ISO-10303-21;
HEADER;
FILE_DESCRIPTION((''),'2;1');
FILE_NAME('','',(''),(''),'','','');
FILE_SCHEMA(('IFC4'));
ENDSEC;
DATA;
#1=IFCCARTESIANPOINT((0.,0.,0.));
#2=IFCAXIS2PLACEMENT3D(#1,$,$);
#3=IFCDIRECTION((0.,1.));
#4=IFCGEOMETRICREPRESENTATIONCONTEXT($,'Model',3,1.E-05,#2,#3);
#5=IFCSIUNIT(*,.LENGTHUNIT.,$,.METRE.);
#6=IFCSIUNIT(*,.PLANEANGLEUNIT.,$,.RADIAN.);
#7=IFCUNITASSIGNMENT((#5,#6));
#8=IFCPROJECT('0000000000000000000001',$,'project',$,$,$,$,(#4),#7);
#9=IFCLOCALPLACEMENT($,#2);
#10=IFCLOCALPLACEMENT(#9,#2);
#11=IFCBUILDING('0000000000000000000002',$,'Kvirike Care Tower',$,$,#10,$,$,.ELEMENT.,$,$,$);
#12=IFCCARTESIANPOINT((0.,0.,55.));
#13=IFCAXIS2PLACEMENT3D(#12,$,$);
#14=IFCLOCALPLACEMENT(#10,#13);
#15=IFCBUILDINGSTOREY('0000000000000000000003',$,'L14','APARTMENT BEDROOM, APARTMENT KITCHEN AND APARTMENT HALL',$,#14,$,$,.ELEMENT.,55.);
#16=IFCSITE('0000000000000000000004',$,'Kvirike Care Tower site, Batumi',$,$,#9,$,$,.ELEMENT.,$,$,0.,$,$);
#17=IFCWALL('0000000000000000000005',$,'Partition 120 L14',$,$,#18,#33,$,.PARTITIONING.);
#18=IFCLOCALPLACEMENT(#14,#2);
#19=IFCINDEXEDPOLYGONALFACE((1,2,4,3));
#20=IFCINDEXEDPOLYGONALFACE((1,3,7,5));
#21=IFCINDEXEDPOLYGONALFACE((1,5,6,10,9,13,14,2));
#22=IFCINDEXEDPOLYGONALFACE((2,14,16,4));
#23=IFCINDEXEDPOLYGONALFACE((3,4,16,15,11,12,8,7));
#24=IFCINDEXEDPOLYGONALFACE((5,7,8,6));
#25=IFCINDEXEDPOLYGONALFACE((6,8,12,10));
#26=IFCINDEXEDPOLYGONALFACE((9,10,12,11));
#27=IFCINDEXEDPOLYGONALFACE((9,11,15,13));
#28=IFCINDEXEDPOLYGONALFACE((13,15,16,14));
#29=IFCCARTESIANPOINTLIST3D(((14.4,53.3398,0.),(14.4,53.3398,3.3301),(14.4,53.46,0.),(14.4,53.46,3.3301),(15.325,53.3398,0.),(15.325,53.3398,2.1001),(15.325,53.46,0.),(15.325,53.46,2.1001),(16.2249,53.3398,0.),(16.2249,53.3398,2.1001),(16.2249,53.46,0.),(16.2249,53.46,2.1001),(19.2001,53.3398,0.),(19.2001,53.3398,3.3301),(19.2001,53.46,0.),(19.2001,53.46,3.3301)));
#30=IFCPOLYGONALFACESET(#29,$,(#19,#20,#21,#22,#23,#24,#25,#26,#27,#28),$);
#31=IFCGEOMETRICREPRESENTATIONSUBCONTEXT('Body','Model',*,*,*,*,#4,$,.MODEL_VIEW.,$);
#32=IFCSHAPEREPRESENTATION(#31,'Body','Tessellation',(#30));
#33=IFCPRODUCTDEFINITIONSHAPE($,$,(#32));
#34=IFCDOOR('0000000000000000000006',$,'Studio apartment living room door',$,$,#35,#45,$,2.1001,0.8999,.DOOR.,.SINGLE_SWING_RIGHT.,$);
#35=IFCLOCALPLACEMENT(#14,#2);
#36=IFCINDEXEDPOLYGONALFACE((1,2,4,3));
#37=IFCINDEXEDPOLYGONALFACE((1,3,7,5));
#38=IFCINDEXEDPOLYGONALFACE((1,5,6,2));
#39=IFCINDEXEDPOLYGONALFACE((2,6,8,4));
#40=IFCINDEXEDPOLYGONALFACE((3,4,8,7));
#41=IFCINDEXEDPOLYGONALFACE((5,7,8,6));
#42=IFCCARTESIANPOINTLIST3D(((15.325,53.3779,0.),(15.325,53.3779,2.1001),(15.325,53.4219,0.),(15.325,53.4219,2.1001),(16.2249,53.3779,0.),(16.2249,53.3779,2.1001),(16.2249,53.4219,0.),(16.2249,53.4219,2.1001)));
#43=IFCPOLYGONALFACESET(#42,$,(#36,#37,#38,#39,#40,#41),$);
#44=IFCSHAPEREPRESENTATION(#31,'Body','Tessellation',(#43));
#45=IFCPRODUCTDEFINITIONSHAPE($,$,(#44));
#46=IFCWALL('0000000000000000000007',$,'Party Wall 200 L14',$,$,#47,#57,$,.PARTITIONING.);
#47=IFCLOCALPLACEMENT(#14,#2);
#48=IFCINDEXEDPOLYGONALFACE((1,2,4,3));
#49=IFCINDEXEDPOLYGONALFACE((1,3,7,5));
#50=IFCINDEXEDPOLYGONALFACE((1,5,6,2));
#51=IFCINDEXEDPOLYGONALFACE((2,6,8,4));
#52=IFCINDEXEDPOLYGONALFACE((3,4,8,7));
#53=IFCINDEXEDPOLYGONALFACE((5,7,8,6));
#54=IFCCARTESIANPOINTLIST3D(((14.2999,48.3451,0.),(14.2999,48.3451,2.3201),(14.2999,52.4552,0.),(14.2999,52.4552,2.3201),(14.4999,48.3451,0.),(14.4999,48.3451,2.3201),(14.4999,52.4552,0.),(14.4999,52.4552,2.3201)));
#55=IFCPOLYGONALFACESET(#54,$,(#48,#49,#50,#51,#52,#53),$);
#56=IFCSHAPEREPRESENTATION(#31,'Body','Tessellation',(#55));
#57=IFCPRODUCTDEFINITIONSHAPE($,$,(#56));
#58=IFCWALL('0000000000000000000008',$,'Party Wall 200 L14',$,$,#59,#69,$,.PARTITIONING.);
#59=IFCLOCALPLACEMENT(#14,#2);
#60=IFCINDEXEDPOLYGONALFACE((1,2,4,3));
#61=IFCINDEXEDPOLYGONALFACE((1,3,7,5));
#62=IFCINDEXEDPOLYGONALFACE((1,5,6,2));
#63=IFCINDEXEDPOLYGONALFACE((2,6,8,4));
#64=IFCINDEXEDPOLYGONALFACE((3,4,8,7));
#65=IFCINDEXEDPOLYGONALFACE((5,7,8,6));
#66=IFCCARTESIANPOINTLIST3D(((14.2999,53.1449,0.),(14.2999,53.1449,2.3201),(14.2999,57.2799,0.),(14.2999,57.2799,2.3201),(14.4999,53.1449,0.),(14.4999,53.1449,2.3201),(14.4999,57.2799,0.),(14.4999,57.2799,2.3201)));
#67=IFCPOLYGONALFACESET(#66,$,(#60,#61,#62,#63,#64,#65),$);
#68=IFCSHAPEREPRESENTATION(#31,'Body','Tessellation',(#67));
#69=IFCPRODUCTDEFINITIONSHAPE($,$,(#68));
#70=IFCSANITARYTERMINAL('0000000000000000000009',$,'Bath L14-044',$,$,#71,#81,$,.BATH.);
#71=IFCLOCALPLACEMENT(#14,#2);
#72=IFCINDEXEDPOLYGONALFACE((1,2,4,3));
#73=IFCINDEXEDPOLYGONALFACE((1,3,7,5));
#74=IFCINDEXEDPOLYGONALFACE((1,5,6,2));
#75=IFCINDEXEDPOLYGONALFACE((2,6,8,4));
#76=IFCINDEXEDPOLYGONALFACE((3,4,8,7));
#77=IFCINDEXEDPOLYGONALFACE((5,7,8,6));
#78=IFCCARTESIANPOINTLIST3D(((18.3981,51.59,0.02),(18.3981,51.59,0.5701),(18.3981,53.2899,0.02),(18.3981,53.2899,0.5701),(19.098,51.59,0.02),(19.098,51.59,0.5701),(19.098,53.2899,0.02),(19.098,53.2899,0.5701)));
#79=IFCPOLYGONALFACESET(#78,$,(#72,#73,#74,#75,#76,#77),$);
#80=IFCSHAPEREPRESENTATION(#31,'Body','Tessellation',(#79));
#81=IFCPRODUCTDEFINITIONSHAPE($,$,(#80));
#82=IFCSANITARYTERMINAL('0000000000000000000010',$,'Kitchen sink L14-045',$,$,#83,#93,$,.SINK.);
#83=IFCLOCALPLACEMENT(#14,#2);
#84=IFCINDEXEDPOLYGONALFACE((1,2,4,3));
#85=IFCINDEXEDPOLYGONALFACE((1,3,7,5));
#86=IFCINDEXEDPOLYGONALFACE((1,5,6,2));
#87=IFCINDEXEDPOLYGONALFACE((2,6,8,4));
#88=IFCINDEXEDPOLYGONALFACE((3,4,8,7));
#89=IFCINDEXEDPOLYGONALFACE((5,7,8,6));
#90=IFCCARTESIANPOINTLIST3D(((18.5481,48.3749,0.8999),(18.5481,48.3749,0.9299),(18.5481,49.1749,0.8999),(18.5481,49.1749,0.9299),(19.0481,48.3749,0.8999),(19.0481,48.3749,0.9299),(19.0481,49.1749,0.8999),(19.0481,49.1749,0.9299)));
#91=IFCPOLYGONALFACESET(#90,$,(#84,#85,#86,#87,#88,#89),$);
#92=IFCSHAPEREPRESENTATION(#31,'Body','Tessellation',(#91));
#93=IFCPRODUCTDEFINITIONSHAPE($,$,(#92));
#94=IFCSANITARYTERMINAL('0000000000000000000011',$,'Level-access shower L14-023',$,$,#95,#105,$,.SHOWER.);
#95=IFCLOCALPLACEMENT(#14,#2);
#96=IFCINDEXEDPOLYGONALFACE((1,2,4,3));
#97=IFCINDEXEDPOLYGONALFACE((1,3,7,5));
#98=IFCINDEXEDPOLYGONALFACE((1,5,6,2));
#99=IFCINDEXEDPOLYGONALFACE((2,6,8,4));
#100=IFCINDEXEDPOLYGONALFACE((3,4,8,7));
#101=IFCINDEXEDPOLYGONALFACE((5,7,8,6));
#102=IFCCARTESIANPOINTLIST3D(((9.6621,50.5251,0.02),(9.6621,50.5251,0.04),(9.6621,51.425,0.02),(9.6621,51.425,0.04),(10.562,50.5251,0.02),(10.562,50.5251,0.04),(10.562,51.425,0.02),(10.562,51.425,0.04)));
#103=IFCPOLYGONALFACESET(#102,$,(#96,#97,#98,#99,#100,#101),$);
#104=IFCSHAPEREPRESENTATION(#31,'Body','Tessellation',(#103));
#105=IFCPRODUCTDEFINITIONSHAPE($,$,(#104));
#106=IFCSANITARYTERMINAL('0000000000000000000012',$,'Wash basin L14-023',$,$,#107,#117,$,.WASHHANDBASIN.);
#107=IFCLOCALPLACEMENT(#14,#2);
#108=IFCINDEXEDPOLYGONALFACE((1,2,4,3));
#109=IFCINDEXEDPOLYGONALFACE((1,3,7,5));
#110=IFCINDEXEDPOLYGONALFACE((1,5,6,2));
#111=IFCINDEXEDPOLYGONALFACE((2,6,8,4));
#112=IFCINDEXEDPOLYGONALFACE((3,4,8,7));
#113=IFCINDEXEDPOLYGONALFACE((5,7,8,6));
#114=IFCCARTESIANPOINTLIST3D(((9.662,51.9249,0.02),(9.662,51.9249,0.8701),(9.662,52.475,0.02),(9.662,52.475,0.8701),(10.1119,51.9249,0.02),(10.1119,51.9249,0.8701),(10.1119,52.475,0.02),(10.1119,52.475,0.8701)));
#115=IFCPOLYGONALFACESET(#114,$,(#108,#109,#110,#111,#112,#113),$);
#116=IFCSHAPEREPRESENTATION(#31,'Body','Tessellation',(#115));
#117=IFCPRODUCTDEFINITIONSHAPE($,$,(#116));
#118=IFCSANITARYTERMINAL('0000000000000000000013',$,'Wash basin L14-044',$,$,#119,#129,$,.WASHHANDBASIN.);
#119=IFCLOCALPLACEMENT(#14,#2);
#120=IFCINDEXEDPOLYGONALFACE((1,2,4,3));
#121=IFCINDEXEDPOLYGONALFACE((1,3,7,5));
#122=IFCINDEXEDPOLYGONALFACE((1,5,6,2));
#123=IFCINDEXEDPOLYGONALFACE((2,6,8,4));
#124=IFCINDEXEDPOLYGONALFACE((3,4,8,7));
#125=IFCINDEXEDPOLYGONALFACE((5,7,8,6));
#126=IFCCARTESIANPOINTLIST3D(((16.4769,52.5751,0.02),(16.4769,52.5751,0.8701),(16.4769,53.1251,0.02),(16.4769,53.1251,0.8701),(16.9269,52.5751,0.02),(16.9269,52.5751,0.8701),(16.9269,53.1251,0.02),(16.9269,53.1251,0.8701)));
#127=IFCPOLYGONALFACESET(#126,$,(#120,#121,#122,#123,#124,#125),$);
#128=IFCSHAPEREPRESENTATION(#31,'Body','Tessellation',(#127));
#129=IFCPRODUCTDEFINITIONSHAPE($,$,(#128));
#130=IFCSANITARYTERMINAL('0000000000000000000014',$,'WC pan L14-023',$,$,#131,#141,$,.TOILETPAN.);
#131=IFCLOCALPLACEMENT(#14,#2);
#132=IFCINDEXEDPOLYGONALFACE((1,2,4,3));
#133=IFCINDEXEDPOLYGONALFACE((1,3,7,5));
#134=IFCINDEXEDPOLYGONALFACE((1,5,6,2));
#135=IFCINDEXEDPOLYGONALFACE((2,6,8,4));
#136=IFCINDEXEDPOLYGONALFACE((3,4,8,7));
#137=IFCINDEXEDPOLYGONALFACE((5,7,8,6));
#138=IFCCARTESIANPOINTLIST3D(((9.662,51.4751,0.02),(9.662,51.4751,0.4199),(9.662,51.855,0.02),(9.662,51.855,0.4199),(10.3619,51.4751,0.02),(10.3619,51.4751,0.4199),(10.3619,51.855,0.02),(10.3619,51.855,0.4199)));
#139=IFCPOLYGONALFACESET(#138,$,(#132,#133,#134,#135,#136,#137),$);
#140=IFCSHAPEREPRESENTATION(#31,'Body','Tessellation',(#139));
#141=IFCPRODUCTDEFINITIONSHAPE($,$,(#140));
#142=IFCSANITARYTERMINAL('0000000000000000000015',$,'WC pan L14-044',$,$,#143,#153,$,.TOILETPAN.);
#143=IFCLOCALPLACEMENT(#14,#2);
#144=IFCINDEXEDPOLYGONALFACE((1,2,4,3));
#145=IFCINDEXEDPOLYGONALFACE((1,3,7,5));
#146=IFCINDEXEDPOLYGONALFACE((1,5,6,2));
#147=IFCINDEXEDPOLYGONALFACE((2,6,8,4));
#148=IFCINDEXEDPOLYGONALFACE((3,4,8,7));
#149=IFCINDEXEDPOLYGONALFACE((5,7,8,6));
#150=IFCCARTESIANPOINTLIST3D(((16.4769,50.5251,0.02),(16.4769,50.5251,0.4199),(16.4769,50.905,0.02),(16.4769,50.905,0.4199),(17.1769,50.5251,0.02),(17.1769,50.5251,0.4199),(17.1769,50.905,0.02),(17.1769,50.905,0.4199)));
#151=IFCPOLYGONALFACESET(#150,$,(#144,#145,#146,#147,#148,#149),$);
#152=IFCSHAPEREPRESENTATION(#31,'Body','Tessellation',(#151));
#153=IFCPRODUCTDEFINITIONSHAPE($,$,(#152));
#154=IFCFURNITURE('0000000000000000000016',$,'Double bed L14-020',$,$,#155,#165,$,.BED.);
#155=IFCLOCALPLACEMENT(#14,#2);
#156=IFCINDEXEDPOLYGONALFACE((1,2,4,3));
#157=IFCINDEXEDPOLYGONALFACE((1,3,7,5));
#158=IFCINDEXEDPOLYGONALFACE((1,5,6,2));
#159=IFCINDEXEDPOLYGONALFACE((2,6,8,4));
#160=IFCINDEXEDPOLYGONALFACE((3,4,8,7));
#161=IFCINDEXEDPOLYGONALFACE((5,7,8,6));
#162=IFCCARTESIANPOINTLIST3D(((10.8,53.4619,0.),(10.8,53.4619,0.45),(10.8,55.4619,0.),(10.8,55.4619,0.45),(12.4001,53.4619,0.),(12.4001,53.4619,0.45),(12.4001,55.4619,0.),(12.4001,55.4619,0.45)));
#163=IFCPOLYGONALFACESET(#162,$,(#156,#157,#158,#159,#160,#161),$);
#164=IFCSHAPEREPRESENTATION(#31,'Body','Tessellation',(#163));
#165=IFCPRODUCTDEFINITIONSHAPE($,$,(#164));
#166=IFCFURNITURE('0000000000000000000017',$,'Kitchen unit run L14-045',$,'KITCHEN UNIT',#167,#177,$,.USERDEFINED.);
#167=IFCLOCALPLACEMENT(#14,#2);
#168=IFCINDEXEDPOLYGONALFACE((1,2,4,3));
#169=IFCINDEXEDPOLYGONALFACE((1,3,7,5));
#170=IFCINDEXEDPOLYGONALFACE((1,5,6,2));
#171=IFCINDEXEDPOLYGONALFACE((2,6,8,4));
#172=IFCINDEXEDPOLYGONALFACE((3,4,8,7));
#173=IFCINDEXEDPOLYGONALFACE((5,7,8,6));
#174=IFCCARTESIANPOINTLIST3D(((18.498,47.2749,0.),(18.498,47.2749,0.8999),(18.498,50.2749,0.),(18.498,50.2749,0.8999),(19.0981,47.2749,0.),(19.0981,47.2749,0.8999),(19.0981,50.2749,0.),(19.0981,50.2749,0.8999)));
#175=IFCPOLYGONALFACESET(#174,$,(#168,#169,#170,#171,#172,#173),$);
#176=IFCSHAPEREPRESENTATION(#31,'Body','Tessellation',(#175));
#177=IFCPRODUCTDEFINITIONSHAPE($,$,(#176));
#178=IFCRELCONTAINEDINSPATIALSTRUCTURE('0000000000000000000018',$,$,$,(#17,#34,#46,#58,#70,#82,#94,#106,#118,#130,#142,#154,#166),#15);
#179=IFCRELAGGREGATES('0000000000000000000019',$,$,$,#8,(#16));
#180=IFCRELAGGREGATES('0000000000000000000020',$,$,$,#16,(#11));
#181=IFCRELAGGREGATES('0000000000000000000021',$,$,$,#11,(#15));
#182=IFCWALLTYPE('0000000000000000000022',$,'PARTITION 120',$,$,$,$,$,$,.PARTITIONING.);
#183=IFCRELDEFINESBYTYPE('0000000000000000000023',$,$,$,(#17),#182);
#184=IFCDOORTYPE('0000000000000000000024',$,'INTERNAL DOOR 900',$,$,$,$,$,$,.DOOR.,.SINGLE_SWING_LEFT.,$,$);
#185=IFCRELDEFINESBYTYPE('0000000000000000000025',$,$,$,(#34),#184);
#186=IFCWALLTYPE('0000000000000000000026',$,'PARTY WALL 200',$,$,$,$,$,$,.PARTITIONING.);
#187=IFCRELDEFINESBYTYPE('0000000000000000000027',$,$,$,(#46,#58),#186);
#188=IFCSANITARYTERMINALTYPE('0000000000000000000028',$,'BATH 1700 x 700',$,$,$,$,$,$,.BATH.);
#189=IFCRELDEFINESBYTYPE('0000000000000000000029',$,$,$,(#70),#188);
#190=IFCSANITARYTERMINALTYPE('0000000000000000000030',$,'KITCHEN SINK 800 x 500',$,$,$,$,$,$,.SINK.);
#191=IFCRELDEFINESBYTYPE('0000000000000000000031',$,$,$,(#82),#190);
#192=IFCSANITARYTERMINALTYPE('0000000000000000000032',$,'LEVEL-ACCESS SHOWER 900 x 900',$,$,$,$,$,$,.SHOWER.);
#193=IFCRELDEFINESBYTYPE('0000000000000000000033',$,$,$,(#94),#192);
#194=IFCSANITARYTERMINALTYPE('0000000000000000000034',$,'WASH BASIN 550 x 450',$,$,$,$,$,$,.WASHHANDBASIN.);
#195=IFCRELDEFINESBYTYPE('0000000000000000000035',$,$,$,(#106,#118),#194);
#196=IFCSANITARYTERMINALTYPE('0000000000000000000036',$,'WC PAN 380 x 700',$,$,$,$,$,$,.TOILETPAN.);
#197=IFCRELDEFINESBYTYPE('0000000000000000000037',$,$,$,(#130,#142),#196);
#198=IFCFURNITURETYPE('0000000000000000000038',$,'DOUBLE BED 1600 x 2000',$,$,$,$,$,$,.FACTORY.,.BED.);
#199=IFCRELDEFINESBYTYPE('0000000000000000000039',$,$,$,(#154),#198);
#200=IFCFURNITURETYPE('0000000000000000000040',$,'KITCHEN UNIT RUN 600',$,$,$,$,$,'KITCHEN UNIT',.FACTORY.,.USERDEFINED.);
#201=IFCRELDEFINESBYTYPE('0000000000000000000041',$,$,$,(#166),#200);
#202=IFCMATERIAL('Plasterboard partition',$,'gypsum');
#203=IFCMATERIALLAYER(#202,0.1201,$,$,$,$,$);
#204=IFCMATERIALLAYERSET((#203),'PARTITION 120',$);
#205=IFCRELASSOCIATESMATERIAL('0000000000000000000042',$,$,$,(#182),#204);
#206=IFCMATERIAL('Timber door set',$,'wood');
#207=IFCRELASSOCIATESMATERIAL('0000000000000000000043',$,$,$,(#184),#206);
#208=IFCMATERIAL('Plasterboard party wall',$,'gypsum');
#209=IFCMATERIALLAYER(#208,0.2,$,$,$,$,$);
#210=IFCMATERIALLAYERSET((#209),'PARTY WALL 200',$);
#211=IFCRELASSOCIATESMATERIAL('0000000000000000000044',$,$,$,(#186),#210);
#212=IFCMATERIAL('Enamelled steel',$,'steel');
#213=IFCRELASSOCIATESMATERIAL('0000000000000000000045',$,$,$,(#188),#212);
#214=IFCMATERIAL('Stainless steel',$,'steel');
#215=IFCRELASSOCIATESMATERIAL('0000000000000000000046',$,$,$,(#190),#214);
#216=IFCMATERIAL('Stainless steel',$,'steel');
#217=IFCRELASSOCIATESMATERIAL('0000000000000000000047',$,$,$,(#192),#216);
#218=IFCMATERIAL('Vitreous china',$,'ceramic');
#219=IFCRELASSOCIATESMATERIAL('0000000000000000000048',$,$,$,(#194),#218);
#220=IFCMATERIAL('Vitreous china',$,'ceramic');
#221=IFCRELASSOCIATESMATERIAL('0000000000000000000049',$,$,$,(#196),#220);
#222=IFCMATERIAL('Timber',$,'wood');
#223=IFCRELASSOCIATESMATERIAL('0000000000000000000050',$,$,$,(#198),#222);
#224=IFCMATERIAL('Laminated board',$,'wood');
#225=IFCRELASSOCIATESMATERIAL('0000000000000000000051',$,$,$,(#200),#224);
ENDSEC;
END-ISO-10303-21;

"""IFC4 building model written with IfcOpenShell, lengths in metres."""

from ifc_helpers import new_model, si_unit, direction, frame, frame_2d, origin, origin_2d, place, context, subcontext, project, spatial, rectangle, extrude, material, layer, layer_set, type_object, element, fill, save


model = new_model("IFC4")

# Units and contexts
model_context = context("Model", 3, precision=1e-05, world=origin(), true_north=direction((0.0, 1.0)))
body_context = subcontext(model_context, "Body", "Model", "MODEL_VIEW")
ifc_project = project(units=[si_unit("LENGTHUNIT", "METRE"), si_unit("PLANEANGLEUNIT", "RADIAN")], contexts=[model_context])

# Site, building, storey
site_placement = place(None, origin())
site = spatial("IfcSite", under=ifc_project, at=site_placement, Name="Kvirike Care Tower site, Batumi", CompositionType="ELEMENT", RefElevation=0.0)
building_placement = place(site_placement, origin())
building = spatial("IfcBuilding", under=site, at=building_placement, Name="Kvirike Care Tower", CompositionType="ELEMENT")
storey_placement = place(building_placement, frame((0.0, 0.0, 55.0)))
storey = spatial("IfcBuildingStorey", under=building, at=storey_placement, Name="L14", Description="APARTMENT BEDROOM, APARTMENT KITCHEN AND APARTMENT HALL", CompositionType="ELEMENT", Elevation=55.0)

# Wall, opening, door
ifc_material_1 = material(Name="Plasterboard partition", Category="gypsum")
ifc_layer_1 = layer(ifc_material_1, 0.1201)
ifc_layer_set_1 = layer_set([ifc_layer_1], Name="PARTITION 120")
wall_type_1 = type_object("IfcWallType", Name="PARTITION 120", PredefinedType="PARTITIONING", material=ifc_layer_set_1)
ifc_material_2 = material(Name="Timber door set", Category="wood")
door_type_1 = type_object("IfcDoorType", Name="INTERNAL DOOR 900", OperationType="SINGLE_SWING_LEFT", PredefinedType="DOOR", material=ifc_material_2)
wall_1_placement = place(storey_placement, frame((19.2, 53.3999, 0.0), z_axis=(0.0, 0.0, 1.0), x_axis=(-1.0, 0.0, 0.0)))
wall_1 = element("IfcWall", 1, at=wall_1_placement, inside=storey, type_object=wall_type_1, Name="Partition 120 L14", PredefinedType="PARTITIONING", context=body_context, shape_type="SweptSolid", body=[
    extrude(rectangle(XDim=4.8, YDim=0.1201, at=frame_2d((2.3999, 0.0))), origin(), (0.0, 0.0, 1.0), 3.3301),
])
opening_1_placement = place(wall_1_placement, frame((2.9751, 0.0, 0.0)))
opening_1 = element("IfcOpeningElement", 2, at=opening_1_placement, cuts=wall_1, PredefinedType="OPENING", context=body_context, shape_type="SweptSolid", body=[
    extrude(rectangle(XDim=0.8999, YDim=2.1001, at=frame_2d((0.45, 1.05))), frame((0.0, 0.0706, 0.0), z_axis=(0.0, -1.0, 0.0), x_axis=(1.0, 0.0, 0.0)), (0.0, 0.0, 1.0), 0.1411),
])
door_1_placement = place(opening_1_placement, frame((0.8999, 0.0, 0.0), z_axis=(0.0, 0.0, 1.0), x_axis=(-1.0, 0.0, 0.0)))
door_1 = element("IfcDoor", 3, at=door_1_placement, inside=storey, type_object=door_type_1, Name="Studio apartment living room door", OperationType="SINGLE_SWING_RIGHT", OverallHeight=2.1001, OverallWidth=0.8999, PredefinedType="DOOR", context=body_context, shape_type="SweptSolid", body=[
    extrude(rectangle(XDim=0.8999, YDim=2.1001, at=frame_2d((0.45, 1.05))), frame((0.0, 0.022, 0.0), z_axis=(0.0, -1.0, 0.0), x_axis=(1.0, 0.0, 0.0)), (0.0, 0.0, 1.0), 0.0439),
])
fill(opening_1, door_1)

# Walls
ifc_material_3 = material(Name="Plasterboard party wall", Category="gypsum")
ifc_layer_2 = layer(ifc_material_3, 0.2)
ifc_layer_set_2 = layer_set([ifc_layer_2], Name="PARTY WALL 200")
wall_type_2 = type_object("IfcWallType", Name="PARTY WALL 200", PredefinedType="PARTITIONING", material=ifc_layer_set_2)
wall_2_placement = place(storey_placement, frame((14.3999, 48.345, 0.0), z_axis=(0.0, 0.0, 1.0), x_axis=(0.0, 1.0, 0.0)))
element("IfcWall", 4, at=wall_2_placement, inside=storey, type_object=wall_type_2, Name="Party Wall 200 L14", PredefinedType="PARTITIONING", context=body_context, shape_type="SweptSolid", body=[
    extrude(rectangle(XDim=4.1101, YDim=0.2, at=frame_2d((2.0552, 0.0))), origin(), (0.0, 0.0, 1.0), 2.3201),
])
wall_3_placement = place(storey_placement, frame((14.3999, 53.145, 0.0), z_axis=(0.0, 0.0, 1.0), x_axis=(0.0, 1.0, 0.0)))
element("IfcWall", 5, at=wall_3_placement, inside=storey, type_object=wall_type_2, Name="Party Wall 200 L14", PredefinedType="PARTITIONING", context=body_context, shape_type="SweptSolid", body=[
    extrude(rectangle(XDim=4.135, YDim=0.2, at=frame_2d((2.0674, 0.0))), origin(), (0.0, 0.0, 1.0), 2.3201),
])

# Sanitary terminals
ifc_material_4 = material(Name="Enamelled steel", Category="steel")
sanitary_terminal_type_1 = type_object("IfcSanitaryTerminalType", Name="BATH 1700 x 700", PredefinedType="BATH", material=ifc_material_4)
sanitary_terminal_1_placement = place(storey_placement, frame((18.748, 52.4399, 0.02), z_axis=(0.0, 0.0, 1.0), x_axis=(0.0, -1.0, 0.0)))
element("IfcSanitaryTerminal", 6, at=sanitary_terminal_1_placement, inside=storey, type_object=sanitary_terminal_type_1, Name="Bath L14-044", PredefinedType="BATH", context=body_context, shape_type="SweptSolid", body=[
    extrude(rectangle(XDim=1.7, YDim=0.7, at=origin_2d()), origin(), (0.0, 0.0, 1.0), 0.55),
])
ifc_material_5 = material(Name="Stainless steel", Category="steel")
sanitary_terminal_type_2 = type_object("IfcSanitaryTerminalType", Name="KITCHEN SINK 800 x 500", PredefinedType="SINK", material=ifc_material_5)
sanitary_terminal_2_placement = place(storey_placement, frame((18.7981, 48.7749, 0.8999), z_axis=(0.0, 0.0, 1.0), x_axis=(0.0, -1.0, 0.0)))
element("IfcSanitaryTerminal", 7, at=sanitary_terminal_2_placement, inside=storey, type_object=sanitary_terminal_type_2, Name="Kitchen sink L14-045", PredefinedType="SINK", context=body_context, shape_type="SweptSolid", body=[
    extrude(rectangle(XDim=0.8, YDim=0.5, at=origin_2d()), origin(), (0.0, 0.0, 1.0), 0.03),
])
ifc_material_6 = material(Name="Stainless steel", Category="steel")
sanitary_terminal_type_3 = type_object("IfcSanitaryTerminalType", Name="LEVEL-ACCESS SHOWER 900 x 900", PredefinedType="SHOWER", material=ifc_material_6)
sanitary_terminal_3_placement = place(storey_placement, frame((10.1121, 50.9751, 0.02), z_axis=(0.0, 0.0, 1.0), x_axis=(0.0, 1.0, 0.0)))
element("IfcSanitaryTerminal", 8, at=sanitary_terminal_3_placement, inside=storey, type_object=sanitary_terminal_type_3, Name="Level-access shower L14-023", PredefinedType="SHOWER", context=body_context, shape_type="SweptSolid", body=[
    extrude(rectangle(XDim=0.8999, YDim=0.8999, at=origin_2d()), origin(), (0.0, 0.0, 1.0), 0.02),
])
ifc_material_7 = material(Name="Vitreous china", Category="ceramic")
sanitary_terminal_type_4 = type_object("IfcSanitaryTerminalType", Name="WASH BASIN 550 x 450", PredefinedType="WASHHANDBASIN", material=ifc_material_7)
for number, where, z_axis, x_axis, name in (
    (9, (9.887, 52.2, 0.02), (0.0, 0.0, 1.0), (0.0, 1.0, 0.0), "Wash basin L14-023"),
    (10, (16.7019, 52.8501, 0.02), (0.0, 0.0, 1.0), (0.0, 1.0, 0.0), "Wash basin L14-044"),
):
    element("IfcSanitaryTerminal", number, at=place(storey_placement, frame(where, z_axis=z_axis, x_axis=x_axis)), inside=storey, type_object=sanitary_terminal_type_4, Name=name, PredefinedType="WASHHANDBASIN", context=body_context, shape_type="SweptSolid", body=[
        extrude(rectangle(XDim=0.55, YDim=0.45, at=origin_2d()), origin(), (0.0, 0.0, 1.0), 0.8501),
    ])
ifc_material_8 = material(Name="Vitreous china", Category="ceramic")
sanitary_terminal_type_5 = type_object("IfcSanitaryTerminalType", Name="WC PAN 380 x 700", PredefinedType="TOILETPAN", material=ifc_material_8)
for number, where, z_axis, x_axis, name in (
    (11, (10.012, 51.665, 0.02), (0.0, 0.0, 1.0), (0.0, 1.0, 0.0), "WC pan L14-023"),
    (12, (16.8269, 50.7151, 0.02), (0.0, 0.0, 1.0), (0.0, 1.0, 0.0), "WC pan L14-044"),
):
    element("IfcSanitaryTerminal", number, at=place(storey_placement, frame(where, z_axis=z_axis, x_axis=x_axis)), inside=storey, type_object=sanitary_terminal_type_5, Name=name, PredefinedType="TOILETPAN", context=body_context, shape_type="SweptSolid", body=[
        extrude(rectangle(XDim=0.3799, YDim=0.7, at=origin_2d()), origin(), (0.0, 0.0, 1.0), 0.3999),
    ])

# Furniture
ifc_material_9 = material(Name="Timber", Category="wood")
furniture_type_1 = type_object("IfcFurnitureType", Name="DOUBLE BED 1600 x 2000", AssemblyPlace="FACTORY", PredefinedType="BED", material=ifc_material_9)
furniture_1_placement = place(storey_placement, frame((11.6001, 54.4619, 0.0), z_axis=(0.0, 0.0, 1.0), x_axis=(-1.0, 0.0, 0.0)))
element("IfcFurniture", 13, at=furniture_1_placement, inside=storey, type_object=furniture_type_1, Name="Double bed L14-020", PredefinedType="BED", context=body_context, shape_type="SweptSolid", body=[
    extrude(rectangle(XDim=1.6001, YDim=2.0, at=origin_2d()), origin(), (0.0, 0.0, 1.0), 0.45),
])
ifc_material_10 = material(Name="Laminated board", Category="wood")
furniture_type_2 = type_object("IfcFurnitureType", Name="KITCHEN UNIT RUN 600", ElementType="KITCHEN UNIT", AssemblyPlace="FACTORY", PredefinedType="USERDEFINED", material=ifc_material_10)
furniture_2_placement = place(storey_placement, frame((18.7981, 48.7749, 0.0), z_axis=(0.0, 0.0, 1.0), x_axis=(0.0, -1.0, 0.0)))
element("IfcFurniture", 14, at=furniture_2_placement, inside=storey, type_object=furniture_type_2, Name="Kitchen unit run L14-045", ObjectType="KITCHEN UNIT", PredefinedType="USERDEFINED", context=body_context, shape_type="SweptSolid", body=[
    extrude(rectangle(XDim=3.0, YDim=0.6001, at=origin_2d()), origin(), (0.0, 0.0, 1.0), 0.8999),
])

save(model, "model.ifc")
